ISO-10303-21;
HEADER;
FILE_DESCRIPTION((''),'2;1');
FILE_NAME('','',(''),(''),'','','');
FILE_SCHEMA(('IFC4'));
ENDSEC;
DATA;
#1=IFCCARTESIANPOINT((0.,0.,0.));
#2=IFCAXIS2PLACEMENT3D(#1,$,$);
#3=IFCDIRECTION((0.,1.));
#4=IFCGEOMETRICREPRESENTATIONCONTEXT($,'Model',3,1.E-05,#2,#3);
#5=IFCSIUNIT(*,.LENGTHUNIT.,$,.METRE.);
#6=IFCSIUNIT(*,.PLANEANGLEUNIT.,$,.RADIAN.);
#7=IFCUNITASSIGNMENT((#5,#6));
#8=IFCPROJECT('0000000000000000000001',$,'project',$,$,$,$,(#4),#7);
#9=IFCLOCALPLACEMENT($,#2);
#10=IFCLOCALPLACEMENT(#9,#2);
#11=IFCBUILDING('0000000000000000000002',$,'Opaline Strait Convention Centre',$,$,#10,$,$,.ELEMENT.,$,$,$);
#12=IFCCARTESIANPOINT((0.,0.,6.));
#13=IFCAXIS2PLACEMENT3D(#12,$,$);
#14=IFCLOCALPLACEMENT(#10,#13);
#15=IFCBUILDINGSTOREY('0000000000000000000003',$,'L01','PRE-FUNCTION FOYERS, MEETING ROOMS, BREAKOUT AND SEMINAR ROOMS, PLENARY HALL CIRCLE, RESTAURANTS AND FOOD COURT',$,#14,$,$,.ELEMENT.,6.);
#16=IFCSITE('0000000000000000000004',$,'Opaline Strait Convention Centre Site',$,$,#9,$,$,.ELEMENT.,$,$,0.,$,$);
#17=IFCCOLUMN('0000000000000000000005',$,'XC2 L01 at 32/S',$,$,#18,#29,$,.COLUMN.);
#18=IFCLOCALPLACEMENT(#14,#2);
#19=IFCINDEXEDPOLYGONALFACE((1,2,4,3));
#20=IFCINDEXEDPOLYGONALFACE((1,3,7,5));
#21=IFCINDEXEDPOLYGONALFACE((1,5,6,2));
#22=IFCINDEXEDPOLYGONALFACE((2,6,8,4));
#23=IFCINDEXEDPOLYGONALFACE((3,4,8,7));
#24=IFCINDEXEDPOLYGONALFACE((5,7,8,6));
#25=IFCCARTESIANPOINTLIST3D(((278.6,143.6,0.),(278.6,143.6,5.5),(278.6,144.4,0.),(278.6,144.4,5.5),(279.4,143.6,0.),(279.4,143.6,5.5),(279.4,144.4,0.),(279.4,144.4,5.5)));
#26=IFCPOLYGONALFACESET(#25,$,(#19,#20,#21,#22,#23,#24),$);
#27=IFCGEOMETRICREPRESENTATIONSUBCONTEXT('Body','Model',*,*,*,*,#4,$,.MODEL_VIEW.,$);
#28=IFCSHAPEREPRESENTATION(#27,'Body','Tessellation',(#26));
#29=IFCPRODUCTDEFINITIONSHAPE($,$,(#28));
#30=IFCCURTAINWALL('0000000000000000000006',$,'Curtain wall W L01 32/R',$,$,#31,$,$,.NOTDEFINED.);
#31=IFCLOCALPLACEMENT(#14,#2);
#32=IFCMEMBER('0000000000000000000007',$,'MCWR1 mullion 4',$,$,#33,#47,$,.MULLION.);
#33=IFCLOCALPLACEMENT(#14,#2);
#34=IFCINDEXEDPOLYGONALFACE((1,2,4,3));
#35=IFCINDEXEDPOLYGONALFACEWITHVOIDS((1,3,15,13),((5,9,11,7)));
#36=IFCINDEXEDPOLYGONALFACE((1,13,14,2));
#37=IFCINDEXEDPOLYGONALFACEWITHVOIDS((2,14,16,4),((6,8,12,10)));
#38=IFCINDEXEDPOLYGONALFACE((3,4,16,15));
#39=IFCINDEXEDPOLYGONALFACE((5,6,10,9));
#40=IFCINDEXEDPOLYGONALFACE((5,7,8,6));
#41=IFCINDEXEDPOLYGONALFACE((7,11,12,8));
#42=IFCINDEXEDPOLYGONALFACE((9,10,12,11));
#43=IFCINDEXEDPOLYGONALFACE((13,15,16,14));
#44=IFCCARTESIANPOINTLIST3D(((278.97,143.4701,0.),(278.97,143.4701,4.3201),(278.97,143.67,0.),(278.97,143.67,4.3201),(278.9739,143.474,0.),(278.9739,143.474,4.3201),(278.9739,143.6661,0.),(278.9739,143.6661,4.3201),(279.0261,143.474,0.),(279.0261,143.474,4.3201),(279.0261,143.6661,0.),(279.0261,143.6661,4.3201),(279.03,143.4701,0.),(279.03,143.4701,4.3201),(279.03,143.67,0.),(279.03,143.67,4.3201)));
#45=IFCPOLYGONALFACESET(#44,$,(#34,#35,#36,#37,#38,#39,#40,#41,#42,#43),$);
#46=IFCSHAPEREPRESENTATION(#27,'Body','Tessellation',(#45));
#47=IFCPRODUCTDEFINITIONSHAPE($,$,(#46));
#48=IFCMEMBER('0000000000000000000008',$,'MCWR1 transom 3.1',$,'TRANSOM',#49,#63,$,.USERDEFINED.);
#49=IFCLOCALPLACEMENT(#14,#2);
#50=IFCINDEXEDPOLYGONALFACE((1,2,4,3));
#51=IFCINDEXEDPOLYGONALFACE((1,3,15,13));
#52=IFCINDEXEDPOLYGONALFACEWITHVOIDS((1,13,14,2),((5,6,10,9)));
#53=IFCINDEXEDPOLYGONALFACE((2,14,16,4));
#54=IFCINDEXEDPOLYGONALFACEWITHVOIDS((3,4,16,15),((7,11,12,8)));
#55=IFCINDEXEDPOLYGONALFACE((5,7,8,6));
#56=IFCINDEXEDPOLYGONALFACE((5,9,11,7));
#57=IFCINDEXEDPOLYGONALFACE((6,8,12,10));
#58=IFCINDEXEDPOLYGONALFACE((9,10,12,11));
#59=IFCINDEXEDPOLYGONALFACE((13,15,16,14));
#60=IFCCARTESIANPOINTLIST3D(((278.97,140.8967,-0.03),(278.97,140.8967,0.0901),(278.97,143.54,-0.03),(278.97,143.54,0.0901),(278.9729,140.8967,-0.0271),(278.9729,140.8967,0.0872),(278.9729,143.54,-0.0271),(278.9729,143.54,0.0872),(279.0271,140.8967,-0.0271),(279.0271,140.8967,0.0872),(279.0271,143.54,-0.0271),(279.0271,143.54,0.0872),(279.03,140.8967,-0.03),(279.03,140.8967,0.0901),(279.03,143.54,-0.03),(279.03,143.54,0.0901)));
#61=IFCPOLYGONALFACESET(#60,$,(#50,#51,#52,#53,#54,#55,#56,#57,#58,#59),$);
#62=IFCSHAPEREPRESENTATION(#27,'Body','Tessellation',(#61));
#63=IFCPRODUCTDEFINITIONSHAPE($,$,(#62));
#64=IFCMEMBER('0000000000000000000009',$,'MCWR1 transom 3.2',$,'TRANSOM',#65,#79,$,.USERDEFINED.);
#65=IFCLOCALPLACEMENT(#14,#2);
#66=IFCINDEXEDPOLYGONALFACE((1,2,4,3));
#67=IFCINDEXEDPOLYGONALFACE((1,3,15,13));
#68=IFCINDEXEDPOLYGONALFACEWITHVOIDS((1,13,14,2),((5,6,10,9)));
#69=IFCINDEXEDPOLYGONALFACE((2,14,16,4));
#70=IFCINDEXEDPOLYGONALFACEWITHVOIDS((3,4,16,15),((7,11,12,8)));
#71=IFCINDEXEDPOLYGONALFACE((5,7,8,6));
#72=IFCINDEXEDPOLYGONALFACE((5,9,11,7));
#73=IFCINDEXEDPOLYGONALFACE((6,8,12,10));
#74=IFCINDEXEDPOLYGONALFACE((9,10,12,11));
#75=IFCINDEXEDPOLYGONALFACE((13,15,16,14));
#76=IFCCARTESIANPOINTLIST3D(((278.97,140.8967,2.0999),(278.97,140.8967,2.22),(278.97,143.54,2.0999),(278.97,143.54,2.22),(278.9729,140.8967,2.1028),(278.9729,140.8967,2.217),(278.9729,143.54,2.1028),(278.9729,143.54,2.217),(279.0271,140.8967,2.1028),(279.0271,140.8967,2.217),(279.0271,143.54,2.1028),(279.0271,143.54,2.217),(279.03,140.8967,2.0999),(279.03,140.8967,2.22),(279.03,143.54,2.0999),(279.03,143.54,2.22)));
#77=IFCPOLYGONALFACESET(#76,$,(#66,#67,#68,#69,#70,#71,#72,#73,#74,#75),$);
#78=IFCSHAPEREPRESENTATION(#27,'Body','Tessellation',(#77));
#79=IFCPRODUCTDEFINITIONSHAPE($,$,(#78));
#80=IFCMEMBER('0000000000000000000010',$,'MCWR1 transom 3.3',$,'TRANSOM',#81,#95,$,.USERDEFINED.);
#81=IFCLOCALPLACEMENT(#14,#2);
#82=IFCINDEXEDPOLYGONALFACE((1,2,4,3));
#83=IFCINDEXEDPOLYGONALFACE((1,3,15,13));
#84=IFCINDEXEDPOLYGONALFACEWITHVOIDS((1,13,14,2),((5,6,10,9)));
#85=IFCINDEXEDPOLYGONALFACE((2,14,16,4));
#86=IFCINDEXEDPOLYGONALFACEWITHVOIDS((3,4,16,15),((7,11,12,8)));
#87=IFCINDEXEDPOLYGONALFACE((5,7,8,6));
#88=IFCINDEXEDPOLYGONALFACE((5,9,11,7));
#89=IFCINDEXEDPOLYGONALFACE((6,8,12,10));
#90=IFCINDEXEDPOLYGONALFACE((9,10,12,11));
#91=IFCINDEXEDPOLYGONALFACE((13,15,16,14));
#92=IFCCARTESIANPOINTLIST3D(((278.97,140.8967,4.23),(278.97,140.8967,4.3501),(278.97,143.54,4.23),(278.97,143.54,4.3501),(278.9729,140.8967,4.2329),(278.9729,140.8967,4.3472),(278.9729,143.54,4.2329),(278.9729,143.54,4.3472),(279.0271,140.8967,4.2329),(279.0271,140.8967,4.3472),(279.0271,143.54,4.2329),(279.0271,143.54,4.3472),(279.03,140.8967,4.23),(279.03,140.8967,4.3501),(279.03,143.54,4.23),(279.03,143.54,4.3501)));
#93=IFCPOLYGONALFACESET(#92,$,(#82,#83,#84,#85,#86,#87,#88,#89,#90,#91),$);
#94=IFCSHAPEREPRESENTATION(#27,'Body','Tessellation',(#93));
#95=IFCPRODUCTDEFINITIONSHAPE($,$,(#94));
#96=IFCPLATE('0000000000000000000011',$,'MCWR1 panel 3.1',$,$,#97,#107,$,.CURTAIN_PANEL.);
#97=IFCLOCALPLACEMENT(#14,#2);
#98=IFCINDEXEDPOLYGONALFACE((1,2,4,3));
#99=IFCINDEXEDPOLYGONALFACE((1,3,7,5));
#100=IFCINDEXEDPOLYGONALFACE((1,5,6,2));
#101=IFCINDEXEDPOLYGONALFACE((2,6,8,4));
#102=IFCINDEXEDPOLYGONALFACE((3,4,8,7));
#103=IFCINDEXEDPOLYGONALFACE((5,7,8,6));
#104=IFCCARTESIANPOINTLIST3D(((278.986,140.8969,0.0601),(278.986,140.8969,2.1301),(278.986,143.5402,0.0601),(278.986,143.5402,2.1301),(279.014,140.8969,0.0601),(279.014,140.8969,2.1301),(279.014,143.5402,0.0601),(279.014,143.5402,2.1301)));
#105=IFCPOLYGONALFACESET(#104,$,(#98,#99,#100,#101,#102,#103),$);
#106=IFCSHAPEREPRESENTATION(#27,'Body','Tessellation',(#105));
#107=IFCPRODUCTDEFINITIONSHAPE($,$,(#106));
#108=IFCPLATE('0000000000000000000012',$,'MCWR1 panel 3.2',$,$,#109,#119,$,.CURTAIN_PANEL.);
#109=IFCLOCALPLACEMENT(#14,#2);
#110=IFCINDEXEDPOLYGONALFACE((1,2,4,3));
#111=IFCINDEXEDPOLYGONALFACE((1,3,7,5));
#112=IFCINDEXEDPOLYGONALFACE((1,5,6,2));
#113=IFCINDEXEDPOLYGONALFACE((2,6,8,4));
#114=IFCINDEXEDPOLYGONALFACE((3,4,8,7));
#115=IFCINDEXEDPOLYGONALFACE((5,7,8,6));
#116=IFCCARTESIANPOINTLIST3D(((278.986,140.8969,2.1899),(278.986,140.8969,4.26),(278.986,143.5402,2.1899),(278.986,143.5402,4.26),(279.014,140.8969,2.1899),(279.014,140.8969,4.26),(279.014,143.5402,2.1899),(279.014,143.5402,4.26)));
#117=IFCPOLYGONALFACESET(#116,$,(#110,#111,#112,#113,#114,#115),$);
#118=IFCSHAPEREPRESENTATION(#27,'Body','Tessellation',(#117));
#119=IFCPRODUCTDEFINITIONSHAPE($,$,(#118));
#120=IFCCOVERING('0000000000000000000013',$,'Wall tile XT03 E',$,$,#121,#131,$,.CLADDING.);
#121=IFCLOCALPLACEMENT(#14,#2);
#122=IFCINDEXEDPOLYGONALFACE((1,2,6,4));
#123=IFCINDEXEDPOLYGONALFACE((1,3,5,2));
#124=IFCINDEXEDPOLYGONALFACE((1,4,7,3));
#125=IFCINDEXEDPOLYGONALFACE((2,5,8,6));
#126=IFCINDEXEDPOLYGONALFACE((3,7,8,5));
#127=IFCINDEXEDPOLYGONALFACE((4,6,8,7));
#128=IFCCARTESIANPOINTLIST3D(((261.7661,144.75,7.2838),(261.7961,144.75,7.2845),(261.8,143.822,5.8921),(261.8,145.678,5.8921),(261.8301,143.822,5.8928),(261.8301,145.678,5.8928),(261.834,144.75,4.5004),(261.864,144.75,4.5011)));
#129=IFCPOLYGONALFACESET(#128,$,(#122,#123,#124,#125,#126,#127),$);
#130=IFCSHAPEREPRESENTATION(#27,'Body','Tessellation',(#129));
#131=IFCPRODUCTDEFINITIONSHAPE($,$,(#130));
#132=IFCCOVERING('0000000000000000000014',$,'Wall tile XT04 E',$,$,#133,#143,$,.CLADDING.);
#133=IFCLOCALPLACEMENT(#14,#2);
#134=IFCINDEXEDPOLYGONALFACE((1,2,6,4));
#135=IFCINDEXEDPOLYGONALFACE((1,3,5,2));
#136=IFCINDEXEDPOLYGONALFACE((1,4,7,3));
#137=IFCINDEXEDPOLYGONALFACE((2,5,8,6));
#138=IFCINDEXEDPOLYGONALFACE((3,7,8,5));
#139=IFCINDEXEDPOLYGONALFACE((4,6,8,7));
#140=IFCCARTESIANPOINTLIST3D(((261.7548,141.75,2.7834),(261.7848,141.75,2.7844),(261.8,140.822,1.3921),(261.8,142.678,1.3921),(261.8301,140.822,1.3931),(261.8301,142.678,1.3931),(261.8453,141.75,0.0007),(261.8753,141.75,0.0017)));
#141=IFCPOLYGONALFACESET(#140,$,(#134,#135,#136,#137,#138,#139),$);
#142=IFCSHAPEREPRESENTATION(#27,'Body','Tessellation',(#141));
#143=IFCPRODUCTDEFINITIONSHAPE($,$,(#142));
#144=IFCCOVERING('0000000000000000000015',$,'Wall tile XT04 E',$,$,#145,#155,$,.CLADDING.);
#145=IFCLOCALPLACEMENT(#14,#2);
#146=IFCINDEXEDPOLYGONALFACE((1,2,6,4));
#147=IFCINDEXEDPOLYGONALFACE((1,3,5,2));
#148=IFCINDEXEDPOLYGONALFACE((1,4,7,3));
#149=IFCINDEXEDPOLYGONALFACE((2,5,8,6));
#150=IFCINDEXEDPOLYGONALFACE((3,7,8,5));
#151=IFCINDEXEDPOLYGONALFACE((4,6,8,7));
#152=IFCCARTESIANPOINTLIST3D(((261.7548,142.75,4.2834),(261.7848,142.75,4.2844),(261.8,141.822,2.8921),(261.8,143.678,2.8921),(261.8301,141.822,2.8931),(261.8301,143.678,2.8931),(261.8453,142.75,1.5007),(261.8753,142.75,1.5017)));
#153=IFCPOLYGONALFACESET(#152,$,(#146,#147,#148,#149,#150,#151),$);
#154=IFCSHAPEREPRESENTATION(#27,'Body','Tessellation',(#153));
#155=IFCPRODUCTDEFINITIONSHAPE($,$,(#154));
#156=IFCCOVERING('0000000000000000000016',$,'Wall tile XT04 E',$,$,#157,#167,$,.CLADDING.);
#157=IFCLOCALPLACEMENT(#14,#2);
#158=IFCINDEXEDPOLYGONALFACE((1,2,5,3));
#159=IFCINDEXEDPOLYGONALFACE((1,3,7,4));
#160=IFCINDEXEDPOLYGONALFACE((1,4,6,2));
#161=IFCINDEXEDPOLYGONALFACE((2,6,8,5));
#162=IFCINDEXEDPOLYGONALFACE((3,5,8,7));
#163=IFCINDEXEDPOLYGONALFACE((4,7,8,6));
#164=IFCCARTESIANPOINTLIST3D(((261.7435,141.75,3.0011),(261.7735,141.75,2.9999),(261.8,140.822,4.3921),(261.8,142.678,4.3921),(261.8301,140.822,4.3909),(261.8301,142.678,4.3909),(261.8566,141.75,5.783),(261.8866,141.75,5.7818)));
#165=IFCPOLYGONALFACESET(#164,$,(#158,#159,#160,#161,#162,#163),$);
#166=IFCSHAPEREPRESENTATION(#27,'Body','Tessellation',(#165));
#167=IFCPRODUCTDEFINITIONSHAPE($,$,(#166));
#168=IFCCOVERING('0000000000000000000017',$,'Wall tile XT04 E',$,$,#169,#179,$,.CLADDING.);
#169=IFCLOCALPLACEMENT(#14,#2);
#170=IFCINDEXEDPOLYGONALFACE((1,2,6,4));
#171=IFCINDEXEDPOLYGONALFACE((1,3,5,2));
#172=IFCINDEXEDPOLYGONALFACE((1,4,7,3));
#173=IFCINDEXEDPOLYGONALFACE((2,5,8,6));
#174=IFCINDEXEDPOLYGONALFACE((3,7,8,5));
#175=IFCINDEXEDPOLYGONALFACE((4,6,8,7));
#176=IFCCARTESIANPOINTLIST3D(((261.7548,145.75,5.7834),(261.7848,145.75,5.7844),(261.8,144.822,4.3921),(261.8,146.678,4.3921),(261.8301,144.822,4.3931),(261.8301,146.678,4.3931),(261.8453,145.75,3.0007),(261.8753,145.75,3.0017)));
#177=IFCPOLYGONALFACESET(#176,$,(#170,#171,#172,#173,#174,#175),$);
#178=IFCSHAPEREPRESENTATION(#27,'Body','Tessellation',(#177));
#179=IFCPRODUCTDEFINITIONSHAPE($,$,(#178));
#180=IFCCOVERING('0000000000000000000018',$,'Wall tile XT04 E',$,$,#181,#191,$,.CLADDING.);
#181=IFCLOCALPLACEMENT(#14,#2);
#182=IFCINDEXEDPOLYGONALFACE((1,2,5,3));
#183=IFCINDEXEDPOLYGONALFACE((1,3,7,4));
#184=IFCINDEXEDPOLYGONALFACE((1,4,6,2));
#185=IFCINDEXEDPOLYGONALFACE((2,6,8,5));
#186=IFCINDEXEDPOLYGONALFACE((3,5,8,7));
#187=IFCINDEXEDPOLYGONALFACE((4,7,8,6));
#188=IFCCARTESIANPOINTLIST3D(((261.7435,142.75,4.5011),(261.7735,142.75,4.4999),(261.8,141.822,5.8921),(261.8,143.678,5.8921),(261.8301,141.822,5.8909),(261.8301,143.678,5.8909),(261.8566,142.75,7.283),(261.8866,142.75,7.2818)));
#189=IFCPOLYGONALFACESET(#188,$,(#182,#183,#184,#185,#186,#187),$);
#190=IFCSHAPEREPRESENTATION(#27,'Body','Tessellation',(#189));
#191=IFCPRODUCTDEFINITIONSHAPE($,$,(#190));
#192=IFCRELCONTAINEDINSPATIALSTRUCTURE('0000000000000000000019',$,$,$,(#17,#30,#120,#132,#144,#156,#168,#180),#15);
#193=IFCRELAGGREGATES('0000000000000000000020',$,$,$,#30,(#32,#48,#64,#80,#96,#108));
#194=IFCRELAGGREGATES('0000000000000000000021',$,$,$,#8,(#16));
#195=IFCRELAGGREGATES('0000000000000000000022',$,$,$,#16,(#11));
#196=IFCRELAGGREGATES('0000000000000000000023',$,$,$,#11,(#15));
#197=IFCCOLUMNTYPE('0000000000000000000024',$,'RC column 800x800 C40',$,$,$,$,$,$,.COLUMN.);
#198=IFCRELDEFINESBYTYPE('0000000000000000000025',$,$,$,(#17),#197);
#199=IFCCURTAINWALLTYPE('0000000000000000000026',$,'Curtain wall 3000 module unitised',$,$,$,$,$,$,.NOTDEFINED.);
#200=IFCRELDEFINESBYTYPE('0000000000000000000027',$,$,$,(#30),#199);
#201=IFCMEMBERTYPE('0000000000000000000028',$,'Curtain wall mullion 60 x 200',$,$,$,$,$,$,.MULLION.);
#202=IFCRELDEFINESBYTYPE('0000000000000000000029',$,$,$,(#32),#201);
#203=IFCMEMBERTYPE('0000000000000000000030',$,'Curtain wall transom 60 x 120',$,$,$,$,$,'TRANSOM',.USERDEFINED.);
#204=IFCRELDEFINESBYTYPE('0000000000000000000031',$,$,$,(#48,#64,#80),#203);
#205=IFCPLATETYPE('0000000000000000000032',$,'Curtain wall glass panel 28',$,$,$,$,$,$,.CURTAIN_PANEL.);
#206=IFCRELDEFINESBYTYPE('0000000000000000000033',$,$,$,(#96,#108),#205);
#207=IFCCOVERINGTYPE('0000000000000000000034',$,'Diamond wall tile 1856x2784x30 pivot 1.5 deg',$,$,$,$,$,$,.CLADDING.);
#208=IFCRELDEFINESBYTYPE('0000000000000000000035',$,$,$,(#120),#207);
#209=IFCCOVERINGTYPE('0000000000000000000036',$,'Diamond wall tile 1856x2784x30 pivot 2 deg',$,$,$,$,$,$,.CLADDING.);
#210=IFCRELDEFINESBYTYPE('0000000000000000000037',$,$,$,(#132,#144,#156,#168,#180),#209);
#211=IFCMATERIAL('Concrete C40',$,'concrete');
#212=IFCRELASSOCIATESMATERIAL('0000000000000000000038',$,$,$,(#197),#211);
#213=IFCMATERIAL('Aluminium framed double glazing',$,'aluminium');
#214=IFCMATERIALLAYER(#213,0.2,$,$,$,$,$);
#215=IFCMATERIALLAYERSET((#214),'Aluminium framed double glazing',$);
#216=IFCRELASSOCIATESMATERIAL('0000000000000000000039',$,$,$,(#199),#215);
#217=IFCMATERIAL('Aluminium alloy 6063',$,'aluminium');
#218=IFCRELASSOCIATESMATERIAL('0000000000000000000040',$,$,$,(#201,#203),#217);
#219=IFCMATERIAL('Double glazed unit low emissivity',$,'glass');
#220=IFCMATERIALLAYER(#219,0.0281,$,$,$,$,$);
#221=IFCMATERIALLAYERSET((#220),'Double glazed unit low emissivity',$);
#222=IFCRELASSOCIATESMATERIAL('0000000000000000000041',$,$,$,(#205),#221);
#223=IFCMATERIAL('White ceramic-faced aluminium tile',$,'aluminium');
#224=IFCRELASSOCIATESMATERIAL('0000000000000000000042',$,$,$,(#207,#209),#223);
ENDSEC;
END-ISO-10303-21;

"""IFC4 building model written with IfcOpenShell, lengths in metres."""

from ifc_helpers import new_model, si_unit, direction, frame, origin, origin_2d, place, context, subcontext, project, spatial, polyline, rectangle, hollow_rectangle, outline, extrude, material, layer, layer_set, material_profile, profile_set, type_object, element, aggregate, save


model = new_model("IFC4")

# Units and contexts
model_context = context("Model", 3, precision=1e-05, world=origin(), true_north=direction((0.0, 1.0)))
body_context = subcontext(model_context, "Body", "Model", "MODEL_VIEW")
ifc_project = project(units=[si_unit("LENGTHUNIT", "METRE"), si_unit("PLANEANGLEUNIT", "RADIAN")], contexts=[model_context])

# Site, building, storey
site_placement = place(None, origin())
site = spatial("IfcSite", under=ifc_project, at=site_placement, Name="Opaline Strait Convention Centre Site", CompositionType="ELEMENT", RefElevation=0.0)
building_placement = place(site_placement, origin())
building = spatial("IfcBuilding", under=site, at=building_placement, Name="Opaline Strait Convention Centre", CompositionType="ELEMENT")
storey_placement = place(building_placement, frame((0.0, 0.0, 6.0)))
storey = spatial("IfcBuildingStorey", under=building, at=storey_placement, Name="L01", Description="PRE-FUNCTION FOYERS, MEETING ROOMS, BREAKOUT AND SEMINAR ROOMS, PLENARY HALL CIRCLE, RESTAURANTS AND FOOD COURT", CompositionType="ELEMENT", Elevation=6.0)

# Column
ifc_material_1 = material(Name="Concrete C40", Category="concrete")
ifc_material_profile_1 = material_profile(ifc_material_1, rectangle(XDim=0.8, YDim=0.8, at=origin_2d()), Name="RC 800x800")
ifc_profile_set_1 = profile_set([ifc_material_profile_1], Name="Concrete C40")
column_type = type_object("IfcColumnType", Name="RC column 800x800 C40", PredefinedType="COLUMN", material=ifc_profile_set_1)
column_placement = place(storey_placement, frame((279.0, 144.0, 0.0), z_axis=(0.0, 0.0, 1.0), x_axis=(1.0, 0.0, 0.0)))
element("IfcColumn", 1, at=column_placement, inside=storey, type_object=column_type, Name="XC2 L01 at 32/S", PredefinedType="COLUMN", context=body_context, shape_type="SweptSolid", body=[
    extrude(rectangle(XDim=0.8, YDim=0.8, at=origin_2d()), origin(), (0.0, 0.0, 1.0), 5.5),
])

# Curtain wall, members, plates
ifc_material_2 = material(Name="Aluminium framed double glazing", Category="aluminium")
ifc_layer_1 = layer(ifc_material_2, 0.2)
ifc_layer_set_1 = layer_set([ifc_layer_1], Name="Aluminium framed double glazing")
curtain_wall_type = type_object("IfcCurtainWallType", Name="Curtain wall 3000 module unitised", PredefinedType="NOTDEFINED", material=ifc_layer_set_1)
curtain_wall_placement = place(storey_placement, origin())
curtain_wall = element("IfcCurtainWall", 2, at=curtain_wall_placement, inside=storey, type_object=curtain_wall_type, Name="Curtain wall W L01 32/R", PredefinedType="NOTDEFINED")
ifc_material_3 = material(Name="Aluminium alloy 6063", Category="aluminium")
ifc_material_profile_2 = material_profile(ifc_material_3, hollow_rectangle(XDim=0.0601, YDim=0.2, WallThickness=0.0039, at=origin_2d()), Name="MULLION 60x200x4")
ifc_profile_set_2 = profile_set([ifc_material_profile_2], Name="Aluminium alloy 6063")
member_type_1 = type_object("IfcMemberType", Name="Curtain wall mullion 60 x 200", PredefinedType="MULLION", material=ifc_profile_set_2)
member_1_placement = place(storey_placement, frame((279.0, 143.5701, 0.0), z_axis=(0.0, 0.0, 1.0), x_axis=(-1.0, 0.0, 0.0)))
member_1 = element("IfcMember", 3, at=member_1_placement, type_object=member_type_1, Name="MCWR1 mullion 4", PredefinedType="MULLION", context=body_context, shape_type="SweptSolid", body=[
    extrude(hollow_rectangle(XDim=0.0601, YDim=0.2, WallThickness=0.0039, at=origin_2d()), origin(), (0.0, 0.0, 1.0), 4.3201),
])
ifc_material_profile_3 = material_profile(ifc_material_3, hollow_rectangle(XDim=0.0601, YDim=0.1201, WallThickness=0.0029, at=origin_2d()), Name="TRANSOM 60x120x3")
ifc_profile_set_3 = profile_set([ifc_material_profile_3], Name="Aluminium alloy 6063")
member_type_2 = type_object("IfcMemberType", Name="Curtain wall transom 60 x 120", ElementType="TRANSOM", PredefinedType="USERDEFINED", material=ifc_profile_set_3)
member_2_placement = place(storey_placement, frame((279.0, 140.8967, 0.03), z_axis=(0.0, 1.0, 0.0), x_axis=(-1.0, 0.0, 0.0)))
member_2 = element("IfcMember", 4, at=member_2_placement, type_object=member_type_2, Name="MCWR1 transom 3.1", ObjectType="TRANSOM", PredefinedType="USERDEFINED", context=body_context, shape_type="SweptSolid", body=[
    extrude(hollow_rectangle(XDim=0.0601, YDim=0.1201, WallThickness=0.0029, at=origin_2d()), origin(), (0.0, 0.0, 1.0), 2.6433),
])
member_3_placement = place(storey_placement, frame((279.0, 140.8967, 2.1599), z_axis=(0.0, 1.0, 0.0), x_axis=(-1.0, 0.0, 0.0)))
member_3 = element("IfcMember", 5, at=member_3_placement, type_object=member_type_2, Name="MCWR1 transom 3.2", ObjectType="TRANSOM", PredefinedType="USERDEFINED", context=body_context, shape_type="SweptSolid", body=[
    extrude(hollow_rectangle(XDim=0.0601, YDim=0.1201, WallThickness=0.0029, at=origin_2d()), origin(), (0.0, 0.0, 1.0), 2.6433),
])
member_4_placement = place(storey_placement, frame((279.0, 140.8967, 4.29), z_axis=(0.0, 1.0, 0.0), x_axis=(-1.0, 0.0, 0.0)))
member_4 = element("IfcMember", 6, at=member_4_placement, type_object=member_type_2, Name="MCWR1 transom 3.3", ObjectType="TRANSOM", PredefinedType="USERDEFINED", context=body_context, shape_type="SweptSolid", body=[
    extrude(hollow_rectangle(XDim=0.0601, YDim=0.1201, WallThickness=0.0029, at=origin_2d()), origin(), (0.0, 0.0, 1.0), 2.6433),
])
ifc_material_4 = material(Name="Double glazed unit low emissivity", Category="glass")
ifc_layer_2 = layer(ifc_material_4, 0.0281)
ifc_layer_set_2 = layer_set([ifc_layer_2], Name="Double glazed unit low emissivity")
plate_type = type_object("IfcPlateType", Name="Curtain wall glass panel 28", PredefinedType="CURTAIN_PANEL", material=ifc_layer_set_2)
plate_1_placement = place(storey_placement, frame((279.0, 142.2185, 0.0601), z_axis=(0.0, 0.0, 1.0), x_axis=(0.0, 1.0, 0.0)))
plate_1 = element("IfcPlate", 7, at=plate_1_placement, type_object=plate_type, Name="MCWR1 panel 3.1", PredefinedType="CURTAIN_PANEL", context=body_context, shape_type="SweptSolid", body=[
    extrude(rectangle(XDim=2.6433, YDim=0.0281, at=origin_2d()), origin(), (0.0, 0.0, 1.0), 2.0701),
])
plate_2_placement = place(storey_placement, frame((279.0, 142.2185, 2.1899), z_axis=(0.0, 0.0, 1.0), x_axis=(0.0, 1.0, 0.0)))
plate_2 = element("IfcPlate", 8, at=plate_2_placement, type_object=plate_type, Name="MCWR1 panel 3.2", PredefinedType="CURTAIN_PANEL", context=body_context, shape_type="SweptSolid", body=[
    extrude(rectangle(XDim=2.6433, YDim=0.0281, at=origin_2d()), origin(), (0.0, 0.0, 1.0), 2.0701),
])
aggregate(curtain_wall, [member_1, member_2, member_3, member_4, plate_1, plate_2])

# Coverings
ifc_material_5 = material(Name="White ceramic-faced aluminium tile", Category="aluminium")
ifc_material_profile_4 = material_profile(ifc_material_5, outline(polyline([(0.928, 0.0), (0.0, 1.3921), (-0.928, 0.0), (0.0, -1.3921), (0.928, 0.0)])), Name="Diamond tile 1856x2784")
ifc_profile_set_4 = profile_set([ifc_material_profile_4], Name="White ceramic-faced aluminium tile")
covering_type_1 = type_object("IfcCoveringType", Name="Diamond wall tile 1856x2784x30 pivot 1.5 deg", PredefinedType="CLADDING", material=ifc_profile_set_4)
covering_1_placement = place(storey_placement, frame((261.8, 144.75, 5.8921), z_axis=(0.999703, 0.0, 0.024383), x_axis=(0.0, 1.0, 0.0)))
element("IfcCovering", 9, at=covering_1_placement, inside=storey, type_object=covering_type_1, Name="Wall tile XT03 E", PredefinedType="CLADDING", context=body_context, shape_type="SweptSolid", body=[
    extrude(outline(polyline([(0.928, 0.0), (0.0, 1.3921), (-0.928, 0.0), (0.0, -1.3921), (0.928, 0.0)])), origin(), (0.0, 0.0, 1.0), 0.03),
])
ifc_material_profile_5 = material_profile(ifc_material_5, outline(polyline([(0.928, 0.0), (0.0, 1.3921), (-0.928, 0.0), (0.0, -1.3921), (0.928, 0.0)])), Name="Diamond tile 1856x2784")
ifc_profile_set_5 = profile_set([ifc_material_profile_5], Name="White ceramic-faced aluminium tile")
covering_type_2 = type_object("IfcCoveringType", Name="Diamond wall tile 1856x2784x30 pivot 2 deg", PredefinedType="CLADDING", material=ifc_profile_set_5)
for number, where, z_axis, x_axis, name in (
    (10, (261.8, 141.75, 1.3921), (0.999472, 0.0, 0.032503), (0.0, 1.0, 0.0), "Wall tile XT04 E"),
    (11, (261.8, 142.75, 2.8921), (0.999472, 0.0, 0.032503), (0.0, 1.0, 0.0), "Wall tile XT04 E"),
    (12, (261.8, 141.75, 4.3921), (0.999175, 0.0, -0.040617), (0.0, 1.0, 0.0), "Wall tile XT04 E"),
    (13, (261.8, 145.75, 4.3921), (0.999472, 0.0, 0.032503), (0.0, 1.0, 0.0), "Wall tile XT04 E"),
    (14, (261.8, 142.75, 5.8921), (0.999175, 0.0, -0.040617), (0.0, 1.0, 0.0), "Wall tile XT04 E"),
):
    element("IfcCovering", number, at=place(storey_placement, frame(where, z_axis=z_axis, x_axis=x_axis)), inside=storey, type_object=covering_type_2, Name=name, PredefinedType="CLADDING", context=body_context, shape_type="SweptSolid", body=[
        extrude(outline(polyline([(0.928, 0.0), (0.0, 1.3921), (-0.928, 0.0), (0.0, -1.3921), (0.928, 0.0)])), origin(), (0.0, 0.0, 1.0), 0.03),
    ])

save(model, "model.ifc")
